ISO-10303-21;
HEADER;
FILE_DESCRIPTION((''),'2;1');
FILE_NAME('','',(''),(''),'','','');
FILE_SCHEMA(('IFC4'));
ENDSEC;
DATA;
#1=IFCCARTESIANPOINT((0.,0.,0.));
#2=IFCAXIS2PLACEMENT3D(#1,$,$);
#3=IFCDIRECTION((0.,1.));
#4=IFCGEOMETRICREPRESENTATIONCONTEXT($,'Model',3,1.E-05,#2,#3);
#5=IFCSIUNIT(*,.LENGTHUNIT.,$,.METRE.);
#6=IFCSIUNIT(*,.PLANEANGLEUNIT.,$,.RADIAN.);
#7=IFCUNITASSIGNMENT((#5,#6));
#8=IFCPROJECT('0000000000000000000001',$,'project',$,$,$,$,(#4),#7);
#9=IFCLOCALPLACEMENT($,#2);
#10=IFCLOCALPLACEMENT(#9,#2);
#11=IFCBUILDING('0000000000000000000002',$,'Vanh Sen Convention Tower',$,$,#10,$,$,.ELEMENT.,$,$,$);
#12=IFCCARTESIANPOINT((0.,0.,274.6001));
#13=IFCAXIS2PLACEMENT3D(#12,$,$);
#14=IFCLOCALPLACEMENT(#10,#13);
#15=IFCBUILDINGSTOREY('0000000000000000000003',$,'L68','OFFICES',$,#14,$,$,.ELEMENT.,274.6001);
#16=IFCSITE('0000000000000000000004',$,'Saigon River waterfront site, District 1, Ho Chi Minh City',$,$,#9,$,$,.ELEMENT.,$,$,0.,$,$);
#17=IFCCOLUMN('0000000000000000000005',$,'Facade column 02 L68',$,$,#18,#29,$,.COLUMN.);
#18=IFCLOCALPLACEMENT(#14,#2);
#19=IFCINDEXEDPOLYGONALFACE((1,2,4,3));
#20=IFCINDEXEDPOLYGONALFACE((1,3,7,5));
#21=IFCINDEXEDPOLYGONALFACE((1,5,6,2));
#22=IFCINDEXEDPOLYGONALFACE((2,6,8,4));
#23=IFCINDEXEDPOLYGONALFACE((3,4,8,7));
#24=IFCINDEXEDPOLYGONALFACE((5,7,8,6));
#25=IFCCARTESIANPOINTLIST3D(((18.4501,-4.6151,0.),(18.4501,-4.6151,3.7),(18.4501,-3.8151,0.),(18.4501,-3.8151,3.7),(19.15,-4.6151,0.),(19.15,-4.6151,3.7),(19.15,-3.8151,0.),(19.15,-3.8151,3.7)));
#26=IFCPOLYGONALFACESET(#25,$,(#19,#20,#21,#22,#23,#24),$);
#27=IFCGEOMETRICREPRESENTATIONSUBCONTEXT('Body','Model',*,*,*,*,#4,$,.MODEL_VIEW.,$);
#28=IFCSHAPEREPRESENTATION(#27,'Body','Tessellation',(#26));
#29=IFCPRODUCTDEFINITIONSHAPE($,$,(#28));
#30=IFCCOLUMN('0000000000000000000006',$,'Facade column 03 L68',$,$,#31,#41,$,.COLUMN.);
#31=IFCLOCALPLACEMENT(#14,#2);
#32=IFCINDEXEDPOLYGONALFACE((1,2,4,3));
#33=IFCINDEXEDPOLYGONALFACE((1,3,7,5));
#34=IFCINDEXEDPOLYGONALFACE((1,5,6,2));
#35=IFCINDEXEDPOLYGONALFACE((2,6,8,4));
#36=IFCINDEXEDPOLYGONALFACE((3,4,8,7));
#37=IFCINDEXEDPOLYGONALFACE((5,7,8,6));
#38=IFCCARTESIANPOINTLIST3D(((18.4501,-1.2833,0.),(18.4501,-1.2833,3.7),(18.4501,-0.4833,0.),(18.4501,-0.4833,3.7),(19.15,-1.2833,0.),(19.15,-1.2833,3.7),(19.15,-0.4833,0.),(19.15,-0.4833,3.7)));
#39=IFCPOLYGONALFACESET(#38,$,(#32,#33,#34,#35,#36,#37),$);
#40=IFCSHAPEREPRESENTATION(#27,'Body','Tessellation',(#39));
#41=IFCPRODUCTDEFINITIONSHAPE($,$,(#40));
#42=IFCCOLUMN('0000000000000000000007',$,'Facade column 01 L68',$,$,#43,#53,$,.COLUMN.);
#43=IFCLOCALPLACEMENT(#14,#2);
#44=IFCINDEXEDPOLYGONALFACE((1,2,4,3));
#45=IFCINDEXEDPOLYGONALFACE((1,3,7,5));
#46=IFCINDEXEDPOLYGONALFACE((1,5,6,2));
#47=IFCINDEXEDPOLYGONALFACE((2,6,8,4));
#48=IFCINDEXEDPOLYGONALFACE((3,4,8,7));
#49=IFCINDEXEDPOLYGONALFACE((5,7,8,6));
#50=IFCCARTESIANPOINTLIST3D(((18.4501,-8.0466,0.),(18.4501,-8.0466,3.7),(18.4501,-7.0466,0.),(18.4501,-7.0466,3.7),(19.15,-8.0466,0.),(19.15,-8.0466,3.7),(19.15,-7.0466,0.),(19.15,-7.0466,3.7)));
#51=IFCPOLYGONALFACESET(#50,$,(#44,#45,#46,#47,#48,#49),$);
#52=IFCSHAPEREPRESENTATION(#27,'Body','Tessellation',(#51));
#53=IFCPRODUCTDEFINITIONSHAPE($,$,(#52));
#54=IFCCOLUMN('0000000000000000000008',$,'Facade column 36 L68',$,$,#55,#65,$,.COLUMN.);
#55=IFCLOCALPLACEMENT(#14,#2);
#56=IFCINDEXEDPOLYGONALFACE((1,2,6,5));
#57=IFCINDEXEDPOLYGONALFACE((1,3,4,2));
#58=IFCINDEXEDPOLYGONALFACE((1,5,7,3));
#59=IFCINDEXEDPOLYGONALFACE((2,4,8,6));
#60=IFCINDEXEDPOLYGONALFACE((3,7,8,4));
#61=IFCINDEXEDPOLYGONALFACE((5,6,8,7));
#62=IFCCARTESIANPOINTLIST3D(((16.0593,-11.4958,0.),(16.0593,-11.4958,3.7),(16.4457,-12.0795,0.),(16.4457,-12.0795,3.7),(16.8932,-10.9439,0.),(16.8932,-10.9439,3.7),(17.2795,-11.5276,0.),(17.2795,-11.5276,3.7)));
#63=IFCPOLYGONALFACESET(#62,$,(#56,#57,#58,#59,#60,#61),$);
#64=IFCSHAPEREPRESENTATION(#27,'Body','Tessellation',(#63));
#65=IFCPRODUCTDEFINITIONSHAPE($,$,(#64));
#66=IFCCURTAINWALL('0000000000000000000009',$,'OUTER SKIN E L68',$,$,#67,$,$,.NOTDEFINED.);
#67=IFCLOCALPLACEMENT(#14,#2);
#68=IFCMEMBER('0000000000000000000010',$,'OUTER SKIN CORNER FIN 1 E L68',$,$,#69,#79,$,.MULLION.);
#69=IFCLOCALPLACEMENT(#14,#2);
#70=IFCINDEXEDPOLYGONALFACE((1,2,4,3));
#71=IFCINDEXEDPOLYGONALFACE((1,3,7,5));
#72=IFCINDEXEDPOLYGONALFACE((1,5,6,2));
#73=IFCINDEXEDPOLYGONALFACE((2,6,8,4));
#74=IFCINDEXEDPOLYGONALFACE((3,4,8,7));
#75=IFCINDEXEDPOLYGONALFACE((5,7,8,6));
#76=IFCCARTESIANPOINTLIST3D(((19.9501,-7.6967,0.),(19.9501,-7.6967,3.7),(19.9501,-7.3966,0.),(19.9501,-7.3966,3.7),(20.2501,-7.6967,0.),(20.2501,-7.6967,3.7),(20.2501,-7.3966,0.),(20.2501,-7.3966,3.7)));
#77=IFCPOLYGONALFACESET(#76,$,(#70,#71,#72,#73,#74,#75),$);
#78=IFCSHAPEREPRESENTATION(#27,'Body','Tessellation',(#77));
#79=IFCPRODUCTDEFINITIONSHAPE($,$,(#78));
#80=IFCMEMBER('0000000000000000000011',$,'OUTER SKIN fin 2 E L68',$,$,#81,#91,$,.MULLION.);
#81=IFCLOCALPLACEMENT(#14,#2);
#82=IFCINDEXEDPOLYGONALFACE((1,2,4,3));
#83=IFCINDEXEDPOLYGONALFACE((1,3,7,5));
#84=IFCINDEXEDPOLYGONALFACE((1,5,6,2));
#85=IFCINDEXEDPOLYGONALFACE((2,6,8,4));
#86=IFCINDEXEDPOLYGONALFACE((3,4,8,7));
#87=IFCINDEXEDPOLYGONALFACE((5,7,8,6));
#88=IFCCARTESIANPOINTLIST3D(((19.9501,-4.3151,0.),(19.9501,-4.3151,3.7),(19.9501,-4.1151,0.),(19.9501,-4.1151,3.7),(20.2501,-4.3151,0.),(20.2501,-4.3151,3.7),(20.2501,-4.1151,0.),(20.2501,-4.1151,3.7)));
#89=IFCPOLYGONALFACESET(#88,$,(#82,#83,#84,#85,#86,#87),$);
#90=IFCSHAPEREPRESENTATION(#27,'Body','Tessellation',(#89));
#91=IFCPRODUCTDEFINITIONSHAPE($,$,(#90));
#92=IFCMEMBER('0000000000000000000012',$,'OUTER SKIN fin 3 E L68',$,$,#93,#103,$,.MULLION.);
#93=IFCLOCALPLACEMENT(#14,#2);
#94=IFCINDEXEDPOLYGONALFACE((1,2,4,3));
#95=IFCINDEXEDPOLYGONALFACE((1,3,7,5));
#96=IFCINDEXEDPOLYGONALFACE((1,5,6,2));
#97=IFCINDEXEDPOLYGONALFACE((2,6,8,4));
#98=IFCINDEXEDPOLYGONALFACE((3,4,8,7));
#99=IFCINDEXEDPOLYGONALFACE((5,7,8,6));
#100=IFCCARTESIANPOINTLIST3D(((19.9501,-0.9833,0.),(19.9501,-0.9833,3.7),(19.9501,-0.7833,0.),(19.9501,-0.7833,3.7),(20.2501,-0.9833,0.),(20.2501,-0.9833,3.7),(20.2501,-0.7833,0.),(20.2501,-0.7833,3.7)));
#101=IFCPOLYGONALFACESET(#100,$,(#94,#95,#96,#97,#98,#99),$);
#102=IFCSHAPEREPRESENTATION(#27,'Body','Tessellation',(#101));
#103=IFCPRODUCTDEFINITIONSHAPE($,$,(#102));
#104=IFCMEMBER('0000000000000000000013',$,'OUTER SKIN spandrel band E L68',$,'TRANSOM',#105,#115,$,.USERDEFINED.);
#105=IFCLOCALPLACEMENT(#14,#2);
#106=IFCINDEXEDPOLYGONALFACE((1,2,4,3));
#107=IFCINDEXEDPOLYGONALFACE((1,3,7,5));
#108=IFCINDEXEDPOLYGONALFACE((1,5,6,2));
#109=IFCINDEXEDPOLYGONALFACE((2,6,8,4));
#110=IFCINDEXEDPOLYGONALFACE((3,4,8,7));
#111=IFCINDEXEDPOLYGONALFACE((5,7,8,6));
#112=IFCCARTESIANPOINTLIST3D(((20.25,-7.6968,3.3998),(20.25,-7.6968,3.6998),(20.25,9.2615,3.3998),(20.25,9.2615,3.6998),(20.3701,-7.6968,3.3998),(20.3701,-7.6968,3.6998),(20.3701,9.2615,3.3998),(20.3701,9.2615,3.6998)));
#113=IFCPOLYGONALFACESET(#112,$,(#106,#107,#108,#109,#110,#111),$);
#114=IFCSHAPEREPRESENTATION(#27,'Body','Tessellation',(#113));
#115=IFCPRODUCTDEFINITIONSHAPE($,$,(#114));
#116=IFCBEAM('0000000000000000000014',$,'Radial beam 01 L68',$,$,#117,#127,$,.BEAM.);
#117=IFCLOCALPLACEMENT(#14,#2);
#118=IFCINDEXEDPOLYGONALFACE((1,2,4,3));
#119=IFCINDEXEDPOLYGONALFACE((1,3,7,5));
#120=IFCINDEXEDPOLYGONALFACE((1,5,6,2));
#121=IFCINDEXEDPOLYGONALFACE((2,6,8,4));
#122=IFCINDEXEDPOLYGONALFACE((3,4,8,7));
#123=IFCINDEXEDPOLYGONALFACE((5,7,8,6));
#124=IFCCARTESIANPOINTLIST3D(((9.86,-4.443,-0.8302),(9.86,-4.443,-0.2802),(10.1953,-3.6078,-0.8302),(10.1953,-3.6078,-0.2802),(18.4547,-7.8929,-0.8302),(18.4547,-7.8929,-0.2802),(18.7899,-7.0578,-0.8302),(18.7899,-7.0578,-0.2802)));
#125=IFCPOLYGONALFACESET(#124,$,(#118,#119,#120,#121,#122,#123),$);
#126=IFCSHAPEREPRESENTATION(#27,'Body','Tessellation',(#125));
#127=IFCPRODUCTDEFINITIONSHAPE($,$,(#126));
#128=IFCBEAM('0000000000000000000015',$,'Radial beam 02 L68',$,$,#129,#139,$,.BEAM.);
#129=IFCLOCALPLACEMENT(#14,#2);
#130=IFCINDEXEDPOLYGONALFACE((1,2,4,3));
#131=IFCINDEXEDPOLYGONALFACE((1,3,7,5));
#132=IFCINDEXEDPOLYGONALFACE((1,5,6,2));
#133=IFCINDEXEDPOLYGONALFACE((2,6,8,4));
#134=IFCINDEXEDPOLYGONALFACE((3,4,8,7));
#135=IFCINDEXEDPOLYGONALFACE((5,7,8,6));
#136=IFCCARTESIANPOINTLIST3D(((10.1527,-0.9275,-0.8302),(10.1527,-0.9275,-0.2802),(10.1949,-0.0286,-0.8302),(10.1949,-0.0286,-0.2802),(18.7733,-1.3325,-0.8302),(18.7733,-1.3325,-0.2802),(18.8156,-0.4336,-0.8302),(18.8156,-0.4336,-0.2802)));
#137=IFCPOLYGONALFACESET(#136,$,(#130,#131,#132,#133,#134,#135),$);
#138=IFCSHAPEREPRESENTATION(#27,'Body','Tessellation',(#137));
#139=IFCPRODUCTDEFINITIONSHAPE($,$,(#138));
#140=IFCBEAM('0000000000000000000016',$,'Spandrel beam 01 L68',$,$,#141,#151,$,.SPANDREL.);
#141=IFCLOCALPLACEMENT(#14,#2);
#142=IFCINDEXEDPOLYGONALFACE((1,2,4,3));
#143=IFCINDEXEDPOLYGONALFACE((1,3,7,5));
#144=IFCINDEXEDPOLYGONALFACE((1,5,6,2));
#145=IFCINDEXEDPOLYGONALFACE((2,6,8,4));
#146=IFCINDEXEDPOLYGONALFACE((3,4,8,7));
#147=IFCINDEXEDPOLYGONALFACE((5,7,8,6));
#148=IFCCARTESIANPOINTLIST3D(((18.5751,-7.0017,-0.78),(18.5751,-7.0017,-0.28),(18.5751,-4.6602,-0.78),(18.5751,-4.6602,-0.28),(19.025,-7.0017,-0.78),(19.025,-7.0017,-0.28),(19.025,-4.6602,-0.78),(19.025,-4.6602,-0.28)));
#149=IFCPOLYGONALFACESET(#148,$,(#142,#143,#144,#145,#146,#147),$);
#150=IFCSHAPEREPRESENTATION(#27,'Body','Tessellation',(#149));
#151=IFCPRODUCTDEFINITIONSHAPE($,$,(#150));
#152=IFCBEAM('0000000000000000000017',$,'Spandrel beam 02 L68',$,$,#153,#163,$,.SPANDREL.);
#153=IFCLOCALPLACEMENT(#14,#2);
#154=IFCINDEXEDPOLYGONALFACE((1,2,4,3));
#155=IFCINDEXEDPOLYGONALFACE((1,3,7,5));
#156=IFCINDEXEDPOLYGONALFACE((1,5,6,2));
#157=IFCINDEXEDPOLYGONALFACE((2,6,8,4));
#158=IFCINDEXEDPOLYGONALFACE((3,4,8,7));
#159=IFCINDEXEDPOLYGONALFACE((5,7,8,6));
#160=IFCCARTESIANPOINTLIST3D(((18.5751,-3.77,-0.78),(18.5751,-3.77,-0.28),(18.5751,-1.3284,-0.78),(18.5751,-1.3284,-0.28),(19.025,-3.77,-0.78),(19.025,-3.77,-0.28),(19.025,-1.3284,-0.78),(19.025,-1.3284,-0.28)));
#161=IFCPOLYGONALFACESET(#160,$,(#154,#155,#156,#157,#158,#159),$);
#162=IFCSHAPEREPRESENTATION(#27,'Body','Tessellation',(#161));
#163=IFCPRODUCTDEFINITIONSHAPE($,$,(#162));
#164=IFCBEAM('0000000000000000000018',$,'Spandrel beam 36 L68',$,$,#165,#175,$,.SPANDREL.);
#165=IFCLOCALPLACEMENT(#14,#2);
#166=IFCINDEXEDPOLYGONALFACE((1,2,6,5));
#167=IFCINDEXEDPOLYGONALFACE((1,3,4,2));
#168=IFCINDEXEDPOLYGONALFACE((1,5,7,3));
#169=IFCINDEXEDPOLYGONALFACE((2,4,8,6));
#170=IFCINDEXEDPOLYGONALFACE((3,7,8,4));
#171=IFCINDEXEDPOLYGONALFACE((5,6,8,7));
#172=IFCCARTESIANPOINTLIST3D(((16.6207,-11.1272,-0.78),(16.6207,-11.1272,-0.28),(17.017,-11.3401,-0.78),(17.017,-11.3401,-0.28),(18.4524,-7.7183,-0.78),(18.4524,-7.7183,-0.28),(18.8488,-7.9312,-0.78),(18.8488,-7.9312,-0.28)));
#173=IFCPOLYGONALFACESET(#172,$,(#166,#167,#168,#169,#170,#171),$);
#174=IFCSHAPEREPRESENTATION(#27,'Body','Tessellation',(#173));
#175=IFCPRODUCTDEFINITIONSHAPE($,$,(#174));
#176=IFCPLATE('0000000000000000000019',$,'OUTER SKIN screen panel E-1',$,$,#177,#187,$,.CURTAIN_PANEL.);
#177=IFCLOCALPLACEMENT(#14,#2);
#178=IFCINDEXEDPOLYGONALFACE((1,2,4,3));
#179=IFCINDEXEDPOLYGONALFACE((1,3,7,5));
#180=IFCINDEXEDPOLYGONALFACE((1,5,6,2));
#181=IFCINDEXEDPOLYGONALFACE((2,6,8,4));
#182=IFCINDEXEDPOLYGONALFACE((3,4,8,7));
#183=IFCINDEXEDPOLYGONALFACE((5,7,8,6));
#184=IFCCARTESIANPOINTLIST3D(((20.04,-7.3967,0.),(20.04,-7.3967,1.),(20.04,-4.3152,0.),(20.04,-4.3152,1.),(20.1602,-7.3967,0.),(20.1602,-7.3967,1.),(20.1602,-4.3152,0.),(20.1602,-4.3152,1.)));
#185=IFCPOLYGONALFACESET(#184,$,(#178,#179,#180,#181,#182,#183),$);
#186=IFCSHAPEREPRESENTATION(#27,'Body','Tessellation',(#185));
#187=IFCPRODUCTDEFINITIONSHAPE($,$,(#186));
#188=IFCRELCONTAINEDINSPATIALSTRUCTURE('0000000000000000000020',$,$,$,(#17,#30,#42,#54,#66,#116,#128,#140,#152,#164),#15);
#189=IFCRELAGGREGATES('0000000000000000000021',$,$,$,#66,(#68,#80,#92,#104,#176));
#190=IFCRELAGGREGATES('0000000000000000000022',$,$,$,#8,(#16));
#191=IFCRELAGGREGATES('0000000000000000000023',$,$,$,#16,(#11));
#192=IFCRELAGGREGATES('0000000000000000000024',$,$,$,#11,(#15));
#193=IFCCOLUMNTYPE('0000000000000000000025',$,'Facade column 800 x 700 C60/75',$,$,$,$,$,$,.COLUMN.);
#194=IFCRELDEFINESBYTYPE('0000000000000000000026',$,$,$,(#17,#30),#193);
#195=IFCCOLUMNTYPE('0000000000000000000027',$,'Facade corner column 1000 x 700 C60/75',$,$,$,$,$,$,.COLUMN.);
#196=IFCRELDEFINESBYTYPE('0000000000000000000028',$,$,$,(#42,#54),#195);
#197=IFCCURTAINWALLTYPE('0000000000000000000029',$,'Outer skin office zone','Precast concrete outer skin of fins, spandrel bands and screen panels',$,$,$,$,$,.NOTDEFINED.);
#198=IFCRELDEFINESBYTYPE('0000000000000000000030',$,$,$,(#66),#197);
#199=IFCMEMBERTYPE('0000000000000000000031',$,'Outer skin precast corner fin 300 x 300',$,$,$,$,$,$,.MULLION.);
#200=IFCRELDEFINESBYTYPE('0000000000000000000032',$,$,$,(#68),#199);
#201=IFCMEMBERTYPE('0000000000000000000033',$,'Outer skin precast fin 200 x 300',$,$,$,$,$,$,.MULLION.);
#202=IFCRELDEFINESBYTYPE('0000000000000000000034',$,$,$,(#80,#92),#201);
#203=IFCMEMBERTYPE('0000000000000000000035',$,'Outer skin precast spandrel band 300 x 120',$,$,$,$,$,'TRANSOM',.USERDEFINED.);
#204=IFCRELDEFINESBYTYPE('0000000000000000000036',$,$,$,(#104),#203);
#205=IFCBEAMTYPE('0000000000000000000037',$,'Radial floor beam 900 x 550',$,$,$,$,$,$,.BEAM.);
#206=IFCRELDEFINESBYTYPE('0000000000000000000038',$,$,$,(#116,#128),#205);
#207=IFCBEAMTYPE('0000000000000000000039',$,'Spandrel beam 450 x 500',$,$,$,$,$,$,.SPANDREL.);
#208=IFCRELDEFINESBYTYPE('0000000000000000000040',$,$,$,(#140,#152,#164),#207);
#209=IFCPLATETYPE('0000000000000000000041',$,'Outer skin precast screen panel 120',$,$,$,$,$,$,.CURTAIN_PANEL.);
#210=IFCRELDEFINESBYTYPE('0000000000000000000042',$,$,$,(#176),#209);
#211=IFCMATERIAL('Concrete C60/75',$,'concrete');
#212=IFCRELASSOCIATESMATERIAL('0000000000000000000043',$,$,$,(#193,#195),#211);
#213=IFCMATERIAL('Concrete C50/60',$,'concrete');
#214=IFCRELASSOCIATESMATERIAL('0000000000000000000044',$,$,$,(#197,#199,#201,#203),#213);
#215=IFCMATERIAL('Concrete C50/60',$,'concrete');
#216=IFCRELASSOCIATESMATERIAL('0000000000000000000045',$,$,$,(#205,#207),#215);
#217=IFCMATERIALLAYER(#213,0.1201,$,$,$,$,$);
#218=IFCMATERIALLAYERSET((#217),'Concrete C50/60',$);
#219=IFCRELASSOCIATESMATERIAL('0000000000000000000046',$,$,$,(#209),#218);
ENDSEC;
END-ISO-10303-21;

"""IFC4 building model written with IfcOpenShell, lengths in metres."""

from ifc_helpers import new_model, si_unit, direction, frame, origin, origin_2d, place, context, subcontext, project, spatial, rectangle, extrude, material, layer, layer_set, material_profile, profile_set, type_object, element, aggregate, save


model = new_model("IFC4")

# Units and contexts
model_context = context("Model", 3, precision=1e-05, world=origin(), true_north=direction((0.0, 1.0)))
body_context = subcontext(model_context, "Body", "Model", "MODEL_VIEW")
ifc_project = project(units=[si_unit("LENGTHUNIT", "METRE"), si_unit("PLANEANGLEUNIT", "RADIAN")], contexts=[model_context])

# Site, building, storey
site_placement = place(None, origin())
site = spatial("IfcSite", under=ifc_project, at=site_placement, Name="Saigon River waterfront site, District 1, Ho Chi Minh City", CompositionType="ELEMENT", RefElevation=0.0)
building_placement = place(site_placement, origin())
building = spatial("IfcBuilding", under=site, at=building_placement, Name="Vanh Sen Convention Tower", CompositionType="ELEMENT")
storey_placement = place(building_placement, frame((0.0, 0.0, 274.6001)))
storey = spatial("IfcBuildingStorey", under=building, at=storey_placement, Name="L68", Description="OFFICES", CompositionType="ELEMENT", Elevation=274.6001)

# Columns
ifc_material_1 = material(Name="Concrete C60/75", Category="concrete")
ifc_material_profile_1 = material_profile(ifc_material_1, rectangle(XDim=0.8, YDim=0.7, at=origin_2d()), Name="RC 800X700")
ifc_profile_set_1 = profile_set([ifc_material_profile_1], Name="Concrete C60/75")
column_type_1 = type_object("IfcColumnType", Name="Facade column 800 x 700 C60/75", PredefinedType="COLUMN", material=ifc_profile_set_1)
for number, where, z_axis, x_axis, name in (
    (1, (18.8, -4.2151, 0.0), (0.0, 0.0, 1.0), (0.0, 1.0, 0.0), "Facade column 02 L68"),
    (2, (18.8, -0.8833, 0.0), (0.0, 0.0, 1.0), (0.0, 1.0, 0.0), "Facade column 03 L68"),
):
    element("IfcColumn", number, at=place(storey_placement, frame(where, z_axis=z_axis, x_axis=x_axis)), inside=storey, type_object=column_type_1, Name=name, PredefinedType="COLUMN", context=body_context, shape_type="SweptSolid", body=[
        extrude(rectangle(XDim=0.8, YDim=0.7, at=origin_2d()), origin(), (0.0, 0.0, 1.0), 3.7),
    ])
ifc_material_profile_2 = material_profile(ifc_material_1, rectangle(XDim=1.0, YDim=0.7, at=origin_2d()), Name="RC 1000X700")
ifc_profile_set_2 = profile_set([ifc_material_profile_2], Name="Concrete C60/75")
column_type_2 = type_object("IfcColumnType", Name="Facade corner column 1000 x 700 C60/75", PredefinedType="COLUMN", material=ifc_profile_set_2)
for number, where, z_axis, x_axis, name in (
    (3, (18.8, -7.5466, 0.0), (0.0, 0.0, 1.0), (0.0, 1.0, 0.0), "Facade column 01 L68"),
    (4, (16.6694, -11.5117, 0.0), (0.0, 0.0, 1.0), (0.833886, 0.551937, 0.0), "Facade column 36 L68"),
):
    element("IfcColumn", number, at=place(storey_placement, frame(where, z_axis=z_axis, x_axis=x_axis)), inside=storey, type_object=column_type_2, Name=name, PredefinedType="COLUMN", context=body_context, shape_type="SweptSolid", body=[
        extrude(rectangle(XDim=1.0, YDim=0.7, at=origin_2d()), origin(), (0.0, 0.0, 1.0), 3.7),
    ])

# Curtain wall, members
ifc_material_2 = material(Name="Concrete C50/60", Category="concrete")
curtain_wall_type = type_object("IfcCurtainWallType", Name="Outer skin office zone", Description="Precast concrete outer skin of fins, spandrel bands and screen panels", PredefinedType="NOTDEFINED", material=ifc_material_2)
curtain_wall_1_placement = place(storey_placement, origin())
curtain_wall_1 = element("IfcCurtainWall", 5, at=curtain_wall_1_placement, inside=storey, type_object=curtain_wall_type, Name="OUTER SKIN E L68", PredefinedType="NOTDEFINED")
ifc_material_profile_3 = material_profile(ifc_material_2, rectangle(XDim=0.3, YDim=0.3, at=origin_2d()), Name="Outer skin precast corner fin 300 x 300")
ifc_profile_set_3 = profile_set([ifc_material_profile_3], Name="Concrete C50/60")
member_type_1 = type_object("IfcMemberType", Name="Outer skin precast corner fin 300 x 300", PredefinedType="MULLION", material=ifc_profile_set_3)
member_1_placement = place(storey_placement, frame((20.1001, -7.5466, 0.0), z_axis=(0.0, 0.0, 1.0), x_axis=(0.0, 1.0, 0.0)))
member_1 = element("IfcMember", 6, at=member_1_placement, type_object=member_type_1, Name="OUTER SKIN CORNER FIN 1 E L68", PredefinedType="MULLION", context=body_context, shape_type="SweptSolid", body=[
    extrude(rectangle(XDim=0.3, YDim=0.3, at=origin_2d()), origin(), (0.0, 0.0, 1.0), 3.7),
])
ifc_material_profile_4 = material_profile(ifc_material_2, rectangle(XDim=0.2, YDim=0.3, at=origin_2d()), Name="Outer skin precast fin 200 x 300")
ifc_profile_set_4 = profile_set([ifc_material_profile_4], Name="Concrete C50/60")
member_type_2 = type_object("IfcMemberType", Name="Outer skin precast fin 200 x 300", PredefinedType="MULLION", material=ifc_profile_set_4)
member_2_placement = place(storey_placement, frame((20.1001, -4.2151, 0.0), z_axis=(0.0, 0.0, 1.0), x_axis=(0.0, 1.0, 0.0)))
member_2 = element("IfcMember", 7, at=member_2_placement, type_object=member_type_2, Name="OUTER SKIN fin 2 E L68", PredefinedType="MULLION", context=body_context, shape_type="SweptSolid", body=[
    extrude(rectangle(XDim=0.2, YDim=0.3, at=origin_2d()), origin(), (0.0, 0.0, 1.0), 3.7),
])
member_3_placement = place(storey_placement, frame((20.1001, -0.8833, 0.0), z_axis=(0.0, 0.0, 1.0), x_axis=(0.0, 1.0, 0.0)))
member_3 = element("IfcMember", 8, at=member_3_placement, type_object=member_type_2, Name="OUTER SKIN fin 3 E L68", PredefinedType="MULLION", context=body_context, shape_type="SweptSolid", body=[
    extrude(rectangle(XDim=0.2, YDim=0.3, at=origin_2d()), origin(), (0.0, 0.0, 1.0), 3.7),
])
ifc_material_profile_5 = material_profile(ifc_material_2, rectangle(XDim=0.1201, YDim=0.3, at=origin_2d()), Name="Outer skin precast spandrel band 300 x 120")
ifc_profile_set_5 = profile_set([ifc_material_profile_5], Name="Concrete C50/60")
member_type_3 = type_object("IfcMemberType", Name="Outer skin precast spandrel band 300 x 120", ElementType="TRANSOM", PredefinedType="USERDEFINED", material=ifc_profile_set_5)
member_4_placement = place(storey_placement, frame((20.3101, -7.6968, 3.5498), z_axis=(0.0, 1.0, 0.0), x_axis=(-1.0, 0.0, 0.0)))
member_4 = element("IfcMember", 9, at=member_4_placement, type_object=member_type_3, Name="OUTER SKIN spandrel band E L68", ObjectType="TRANSOM", PredefinedType="USERDEFINED", context=body_context, shape_type="SweptSolid", body=[
    extrude(rectangle(XDim=0.1201, YDim=0.3, at=origin_2d()), origin(), (0.0, 0.0, 1.0), 16.9583),
])

# Beams
ifc_material_3 = material(Name="Concrete C50/60", Category="concrete")
ifc_material_profile_6 = material_profile(ifc_material_3, rectangle(XDim=0.8999, YDim=0.55, at=origin_2d()), Name="RC 900X550")
ifc_profile_set_6 = profile_set([ifc_material_profile_6], Name="Concrete C50/60")
beam_type_1 = type_object("IfcBeamType", Name="Radial floor beam 900 x 550", PredefinedType="BEAM", material=ifc_profile_set_6)
beam_1_placement = place(storey_placement, frame((18.6223, -7.4753, -0.5552), z_axis=(-0.928027, 0.372513, 0.0), x_axis=(-0.372513, -0.928027, 0.0)))
element("IfcBeam", 10, at=beam_1_placement, inside=storey, type_object=beam_type_1, Name="Radial beam 01 L68", PredefinedType="BEAM", context=body_context, shape_type="SweptSolid", body=[
    extrude(rectangle(XDim=0.8999, YDim=0.55, at=origin_2d()), origin(), (0.0, 0.0, 1.0), 9.2612),
])
beam_2_placement = place(storey_placement, frame((18.7944, -0.8831, -0.5552), z_axis=(-0.998898, 0.046932, 0.0), x_axis=(-0.046932, -0.998898, 0.0)))
element("IfcBeam", 11, at=beam_2_placement, inside=storey, type_object=beam_type_1, Name="Radial beam 02 L68", PredefinedType="BEAM", context=body_context, shape_type="SweptSolid", body=[
    extrude(rectangle(XDim=0.8999, YDim=0.55, at=origin_2d()), origin(), (0.0, 0.0, 1.0), 8.6301),
])
ifc_material_profile_7 = material_profile(ifc_material_3, rectangle(XDim=0.45, YDim=0.5, at=origin_2d()), Name="RC 450X500")
ifc_profile_set_7 = profile_set([ifc_material_profile_7], Name="Concrete C50/60")
beam_type_2 = type_object("IfcBeamType", Name="Spandrel beam 450 x 500", PredefinedType="SPANDREL", material=ifc_profile_set_7)
beam_3_placement = place(storey_placement, frame((18.8, -7.0017, -0.53), z_axis=(0.0, 1.0, 0.0), x_axis=(-1.0, 0.0, 0.0)))
element("IfcBeam", 12, at=beam_3_placement, inside=storey, type_object=beam_type_2, Name="Spandrel beam 01 L68", PredefinedType="SPANDREL", context=body_context, shape_type="SweptSolid", body=[
    extrude(rectangle(XDim=0.45, YDim=0.5, at=origin_2d()), origin(), (0.0, 0.0, 1.0), 2.3416),
])
beam_4_placement = place(storey_placement, frame((18.8, -3.77, -0.53), z_axis=(0.0, 1.0, 0.0), x_axis=(-1.0, 0.0, 0.0)))
element("IfcBeam", 13, at=beam_4_placement, inside=storey, type_object=beam_type_2, Name="Spandrel beam 02 L68", PredefinedType="SPANDREL", context=body_context, shape_type="SweptSolid", body=[
    extrude(rectangle(XDim=0.45, YDim=0.5, at=origin_2d()), origin(), (0.0, 0.0, 1.0), 2.4417),
])
beam_5_placement = place(storey_placement, frame((16.8188, -11.2336, -0.53), z_axis=(0.47334, 0.88088, 0.0), x_axis=(-0.88088, 0.47334, 0.0)))
element("IfcBeam", 14, at=beam_5_placement, inside=storey, type_object=beam_type_2, Name="Spandrel beam 36 L68", PredefinedType="SPANDREL", context=body_context, shape_type="SweptSolid", body=[
    extrude(rectangle(XDim=0.45, YDim=0.5, at=origin_2d()), origin(), (0.0, 0.0, 1.0), 3.8699),
])

# Plate
ifc_layer_1 = layer(ifc_material_2, 0.1201)
ifc_layer_set_1 = layer_set([ifc_layer_1], Name="Concrete C50/60")
plate_type = type_object("IfcPlateType", Name="Outer skin precast screen panel 120", PredefinedType="CURTAIN_PANEL", material=ifc_layer_set_1)
plate_1_placement = place(storey_placement, frame((20.1001, -5.856, 0.0), z_axis=(0.0, 0.0, 1.0), x_axis=(0.0, 1.0, 0.0)))
plate_1 = element("IfcPlate", 15, at=plate_1_placement, type_object=plate_type, Name="OUTER SKIN screen panel E-1", PredefinedType="CURTAIN_PANEL", context=body_context, shape_type="SweptSolid", body=[
    extrude(rectangle(XDim=3.0815, YDim=0.1201, at=origin_2d()), origin(), (0.0, 0.0, 1.0), 1.0),
])
aggregate(curtain_wall_1, [member_1, member_2, member_3, member_4, plate_1])

save(model, "model.ifc")
